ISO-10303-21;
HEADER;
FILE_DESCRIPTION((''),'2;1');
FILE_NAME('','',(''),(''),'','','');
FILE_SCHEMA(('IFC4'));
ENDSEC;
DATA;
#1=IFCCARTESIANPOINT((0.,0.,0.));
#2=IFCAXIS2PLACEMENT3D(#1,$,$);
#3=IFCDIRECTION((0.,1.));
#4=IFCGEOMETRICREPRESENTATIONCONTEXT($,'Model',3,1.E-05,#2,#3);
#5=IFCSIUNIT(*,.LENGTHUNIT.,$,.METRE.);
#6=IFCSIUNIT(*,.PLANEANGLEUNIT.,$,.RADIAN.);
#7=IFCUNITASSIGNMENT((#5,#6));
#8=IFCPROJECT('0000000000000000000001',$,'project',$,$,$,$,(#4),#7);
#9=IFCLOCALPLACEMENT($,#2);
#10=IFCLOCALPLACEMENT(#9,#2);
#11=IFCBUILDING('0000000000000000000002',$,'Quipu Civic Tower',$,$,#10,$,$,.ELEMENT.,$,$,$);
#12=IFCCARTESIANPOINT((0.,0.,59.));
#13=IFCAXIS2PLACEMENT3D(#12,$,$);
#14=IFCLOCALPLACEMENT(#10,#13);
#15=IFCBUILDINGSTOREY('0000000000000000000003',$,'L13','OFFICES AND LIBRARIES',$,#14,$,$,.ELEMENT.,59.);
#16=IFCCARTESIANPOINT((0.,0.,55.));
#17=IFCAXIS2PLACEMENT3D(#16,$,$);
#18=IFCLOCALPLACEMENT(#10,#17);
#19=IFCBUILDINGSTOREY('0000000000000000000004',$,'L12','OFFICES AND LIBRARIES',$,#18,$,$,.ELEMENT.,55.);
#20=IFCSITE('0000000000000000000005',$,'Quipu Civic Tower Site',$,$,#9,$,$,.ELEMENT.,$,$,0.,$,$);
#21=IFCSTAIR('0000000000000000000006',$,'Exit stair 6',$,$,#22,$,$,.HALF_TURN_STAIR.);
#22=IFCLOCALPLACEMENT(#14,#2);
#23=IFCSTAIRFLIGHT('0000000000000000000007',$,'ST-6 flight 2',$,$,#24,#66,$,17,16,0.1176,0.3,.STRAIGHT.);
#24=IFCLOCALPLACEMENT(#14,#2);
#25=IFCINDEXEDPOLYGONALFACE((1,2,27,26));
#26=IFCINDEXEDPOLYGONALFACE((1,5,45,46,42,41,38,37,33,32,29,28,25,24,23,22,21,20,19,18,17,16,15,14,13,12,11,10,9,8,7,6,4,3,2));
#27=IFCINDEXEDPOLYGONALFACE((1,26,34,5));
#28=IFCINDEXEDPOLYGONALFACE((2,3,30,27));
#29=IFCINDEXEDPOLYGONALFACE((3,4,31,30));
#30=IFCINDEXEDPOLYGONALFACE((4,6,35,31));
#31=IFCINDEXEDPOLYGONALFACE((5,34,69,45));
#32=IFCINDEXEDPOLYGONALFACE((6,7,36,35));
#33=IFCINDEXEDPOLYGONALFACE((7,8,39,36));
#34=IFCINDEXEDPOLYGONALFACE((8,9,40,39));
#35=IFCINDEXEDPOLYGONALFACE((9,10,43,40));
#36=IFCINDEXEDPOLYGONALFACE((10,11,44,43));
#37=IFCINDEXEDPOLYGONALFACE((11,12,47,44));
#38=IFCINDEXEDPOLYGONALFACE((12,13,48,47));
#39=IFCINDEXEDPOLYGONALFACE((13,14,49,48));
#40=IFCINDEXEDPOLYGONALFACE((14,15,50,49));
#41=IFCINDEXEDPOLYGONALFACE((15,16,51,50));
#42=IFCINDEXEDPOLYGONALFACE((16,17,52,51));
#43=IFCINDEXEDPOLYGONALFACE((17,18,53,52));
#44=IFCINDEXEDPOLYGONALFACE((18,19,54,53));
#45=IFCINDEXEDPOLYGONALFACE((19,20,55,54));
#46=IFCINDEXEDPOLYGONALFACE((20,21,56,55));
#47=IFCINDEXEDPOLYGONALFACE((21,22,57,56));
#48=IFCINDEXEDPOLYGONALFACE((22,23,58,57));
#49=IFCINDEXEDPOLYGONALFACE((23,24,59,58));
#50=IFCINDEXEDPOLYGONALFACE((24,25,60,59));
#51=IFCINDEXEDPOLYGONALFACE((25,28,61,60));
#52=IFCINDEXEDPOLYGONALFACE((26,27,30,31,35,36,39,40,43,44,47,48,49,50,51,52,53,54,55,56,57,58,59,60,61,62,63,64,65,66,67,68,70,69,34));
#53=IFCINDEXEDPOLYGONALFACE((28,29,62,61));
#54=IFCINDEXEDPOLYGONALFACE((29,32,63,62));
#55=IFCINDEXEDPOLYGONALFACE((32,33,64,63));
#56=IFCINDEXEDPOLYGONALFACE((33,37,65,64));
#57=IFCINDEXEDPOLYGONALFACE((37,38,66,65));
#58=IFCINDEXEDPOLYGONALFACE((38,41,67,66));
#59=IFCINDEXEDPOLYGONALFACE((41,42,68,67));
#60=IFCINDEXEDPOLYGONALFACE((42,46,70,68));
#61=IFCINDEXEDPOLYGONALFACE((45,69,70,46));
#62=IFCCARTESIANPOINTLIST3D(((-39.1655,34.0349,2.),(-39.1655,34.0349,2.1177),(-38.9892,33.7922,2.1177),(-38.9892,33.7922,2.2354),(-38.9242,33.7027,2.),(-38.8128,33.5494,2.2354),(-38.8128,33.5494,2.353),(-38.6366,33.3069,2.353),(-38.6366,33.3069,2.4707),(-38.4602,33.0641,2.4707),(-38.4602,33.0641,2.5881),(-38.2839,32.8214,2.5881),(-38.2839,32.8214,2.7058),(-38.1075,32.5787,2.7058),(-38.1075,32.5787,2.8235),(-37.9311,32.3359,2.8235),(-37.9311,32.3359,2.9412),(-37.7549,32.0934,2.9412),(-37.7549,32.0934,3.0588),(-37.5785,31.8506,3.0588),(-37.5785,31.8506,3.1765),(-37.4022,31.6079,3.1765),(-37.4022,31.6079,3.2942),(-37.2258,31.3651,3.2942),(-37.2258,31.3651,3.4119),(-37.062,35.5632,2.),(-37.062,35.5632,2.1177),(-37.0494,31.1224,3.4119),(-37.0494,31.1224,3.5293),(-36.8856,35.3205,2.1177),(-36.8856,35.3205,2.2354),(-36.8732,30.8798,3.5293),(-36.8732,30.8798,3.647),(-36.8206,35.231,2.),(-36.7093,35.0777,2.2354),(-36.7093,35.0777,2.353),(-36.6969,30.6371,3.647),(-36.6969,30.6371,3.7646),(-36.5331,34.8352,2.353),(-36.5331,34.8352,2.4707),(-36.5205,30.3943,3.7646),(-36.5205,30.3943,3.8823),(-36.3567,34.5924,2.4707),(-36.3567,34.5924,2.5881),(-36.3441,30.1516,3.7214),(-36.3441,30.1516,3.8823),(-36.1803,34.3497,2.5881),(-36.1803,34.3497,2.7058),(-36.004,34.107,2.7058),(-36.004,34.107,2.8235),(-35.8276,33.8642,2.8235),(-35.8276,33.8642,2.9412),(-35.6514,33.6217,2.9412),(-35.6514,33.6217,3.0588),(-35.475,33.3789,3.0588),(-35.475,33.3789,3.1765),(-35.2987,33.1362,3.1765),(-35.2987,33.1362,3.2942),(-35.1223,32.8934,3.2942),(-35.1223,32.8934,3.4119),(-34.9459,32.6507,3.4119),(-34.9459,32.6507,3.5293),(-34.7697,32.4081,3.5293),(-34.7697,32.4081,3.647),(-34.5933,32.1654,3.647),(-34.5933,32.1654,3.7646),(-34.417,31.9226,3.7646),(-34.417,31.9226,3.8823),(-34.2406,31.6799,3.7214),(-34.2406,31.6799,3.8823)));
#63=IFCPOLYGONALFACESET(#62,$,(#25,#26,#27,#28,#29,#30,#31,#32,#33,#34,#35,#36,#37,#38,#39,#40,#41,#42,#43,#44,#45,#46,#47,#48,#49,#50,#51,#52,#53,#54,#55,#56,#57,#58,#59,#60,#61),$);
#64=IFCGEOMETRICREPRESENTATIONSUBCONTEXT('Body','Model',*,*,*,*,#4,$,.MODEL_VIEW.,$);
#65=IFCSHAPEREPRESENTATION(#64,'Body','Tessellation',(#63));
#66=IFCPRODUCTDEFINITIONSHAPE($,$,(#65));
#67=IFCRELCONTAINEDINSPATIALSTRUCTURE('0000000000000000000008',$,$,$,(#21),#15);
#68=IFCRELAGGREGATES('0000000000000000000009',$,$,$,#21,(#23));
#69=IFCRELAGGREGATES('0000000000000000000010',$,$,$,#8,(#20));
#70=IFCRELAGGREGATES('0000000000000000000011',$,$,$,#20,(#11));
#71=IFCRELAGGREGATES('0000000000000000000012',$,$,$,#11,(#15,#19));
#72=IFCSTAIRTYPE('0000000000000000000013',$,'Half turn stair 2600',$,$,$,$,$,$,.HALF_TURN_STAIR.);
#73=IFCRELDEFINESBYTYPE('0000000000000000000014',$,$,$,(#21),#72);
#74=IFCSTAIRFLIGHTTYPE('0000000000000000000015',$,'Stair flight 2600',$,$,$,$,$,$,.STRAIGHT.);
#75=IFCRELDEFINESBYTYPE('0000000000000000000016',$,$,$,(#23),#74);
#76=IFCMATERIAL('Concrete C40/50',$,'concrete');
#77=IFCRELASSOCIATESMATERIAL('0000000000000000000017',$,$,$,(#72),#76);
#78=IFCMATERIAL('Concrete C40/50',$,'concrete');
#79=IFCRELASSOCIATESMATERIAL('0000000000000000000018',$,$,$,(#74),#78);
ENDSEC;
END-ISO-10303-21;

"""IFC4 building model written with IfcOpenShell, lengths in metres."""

from ifc_helpers import new_model, si_unit, direction, frame, origin, place, context, subcontext, project, spatial, polyline, outline, extrude, material, type_object, element, aggregate, save


model = new_model("IFC4")

# Units and contexts
model_context = context("Model", 3, precision=1e-05, world=origin(), true_north=direction((0.0, 1.0)))
body_context = subcontext(model_context, "Body", "Model", "MODEL_VIEW")
ifc_project = project(units=[si_unit("LENGTHUNIT", "METRE"), si_unit("PLANEANGLEUNIT", "RADIAN")], contexts=[model_context])

# Site, building, storey
site_placement = place(None, origin())
site = spatial("IfcSite", under=ifc_project, at=site_placement, Name="Quipu Civic Tower Site", CompositionType="ELEMENT", RefElevation=0.0)
building_placement = place(site_placement, origin())
building = spatial("IfcBuilding", under=site, at=building_placement, Name="Quipu Civic Tower", CompositionType="ELEMENT")
storey_1_placement = place(building_placement, frame((0.0, 0.0, 59.0)))
storey_1 = spatial("IfcBuildingStorey", under=building, at=storey_1_placement, Name="L13", Description="OFFICES AND LIBRARIES", CompositionType="ELEMENT", Elevation=59.0)

# Shared definitions
storey_2_placement = place(building_placement, frame((0.0, 0.0, 55.0)))
storey_2 = spatial("IfcBuildingStorey", under=building, at=storey_2_placement, Name="L12", Description="OFFICES AND LIBRARIES", CompositionType="ELEMENT", Elevation=55.0)

# Stair, stair flight
ifc_material_1 = material(Name="Concrete C40/50", Category="concrete")
stair_type = type_object("IfcStairType", Name="Half turn stair 2600", PredefinedType="HALF_TURN_STAIR", material=ifc_material_1)
stair_placement = place(storey_1_placement, origin())
stair = element("IfcStair", 1, at=stair_placement, inside=storey_1, type_object=stair_type, Name="Exit stair 6", PredefinedType="HALF_TURN_STAIR")
ifc_material_2 = material(Name="Concrete C40/50", Category="concrete")
stair_flight_type = type_object("IfcStairFlightType", Name="Stair flight 2600", PredefinedType="STRAIGHT", material=ifc_material_2)
stair_flight_1_placement = place(storey_1_placement, frame((-38.1138, 34.7991, 2.0), z_axis=(0.0, 0.0, 1.0), x_axis=(0.587785, -0.809017, 0.0)))
stair_flight_1 = element("IfcStairFlight", 2, at=stair_flight_1_placement, type_object=stair_flight_type, Name="ST-6 flight 2", NumberOfRisers=17, NumberOfTreads=16, PredefinedType="STRAIGHT", RiserHeight=0.1176, TreadLength=0.3, context=body_context, shape_type="SweptSolid", body=[
    extrude(outline(polyline([(0.0, 0.0), (0.0, 0.1177), (0.3, 0.1177), (0.3, 0.2354), (0.6001, 0.2354), (0.6001, 0.353), (0.8999, 0.353), (0.8999, 0.4707), (1.2, 0.4707), (1.2, 0.5881), (1.5, 0.5881), (1.5, 0.7058), (1.8, 0.7058), (1.8, 0.8235), (2.1001, 0.8235), (2.1001, 0.9412), (2.3999, 0.9412), (2.3999, 1.0588), (2.7, 1.0588), (2.7, 1.1765), (3.0, 1.1765), (3.0, 1.2942), (3.3, 1.2942), (3.3, 1.4119), (3.6001, 1.4119), (3.6001, 1.5293), (3.8999, 1.5293), (3.8999, 1.647), (4.2, 1.647), (4.2, 1.7646), (4.5, 1.7646), (4.5, 1.8823), (4.8, 1.8823), (4.8, 2.0), (4.8, 1.7214), (0.4106, 0.0), (0.0, 0.0)])), frame((0.0, 1.3, 0.0), z_axis=(0.0, -1.0, 0.0), x_axis=(1.0, 0.0, 0.0)), (0.0, 0.0, 1.0), 2.6001),
])
aggregate(stair, [stair_flight_1])

save(model, "model.ifc")
